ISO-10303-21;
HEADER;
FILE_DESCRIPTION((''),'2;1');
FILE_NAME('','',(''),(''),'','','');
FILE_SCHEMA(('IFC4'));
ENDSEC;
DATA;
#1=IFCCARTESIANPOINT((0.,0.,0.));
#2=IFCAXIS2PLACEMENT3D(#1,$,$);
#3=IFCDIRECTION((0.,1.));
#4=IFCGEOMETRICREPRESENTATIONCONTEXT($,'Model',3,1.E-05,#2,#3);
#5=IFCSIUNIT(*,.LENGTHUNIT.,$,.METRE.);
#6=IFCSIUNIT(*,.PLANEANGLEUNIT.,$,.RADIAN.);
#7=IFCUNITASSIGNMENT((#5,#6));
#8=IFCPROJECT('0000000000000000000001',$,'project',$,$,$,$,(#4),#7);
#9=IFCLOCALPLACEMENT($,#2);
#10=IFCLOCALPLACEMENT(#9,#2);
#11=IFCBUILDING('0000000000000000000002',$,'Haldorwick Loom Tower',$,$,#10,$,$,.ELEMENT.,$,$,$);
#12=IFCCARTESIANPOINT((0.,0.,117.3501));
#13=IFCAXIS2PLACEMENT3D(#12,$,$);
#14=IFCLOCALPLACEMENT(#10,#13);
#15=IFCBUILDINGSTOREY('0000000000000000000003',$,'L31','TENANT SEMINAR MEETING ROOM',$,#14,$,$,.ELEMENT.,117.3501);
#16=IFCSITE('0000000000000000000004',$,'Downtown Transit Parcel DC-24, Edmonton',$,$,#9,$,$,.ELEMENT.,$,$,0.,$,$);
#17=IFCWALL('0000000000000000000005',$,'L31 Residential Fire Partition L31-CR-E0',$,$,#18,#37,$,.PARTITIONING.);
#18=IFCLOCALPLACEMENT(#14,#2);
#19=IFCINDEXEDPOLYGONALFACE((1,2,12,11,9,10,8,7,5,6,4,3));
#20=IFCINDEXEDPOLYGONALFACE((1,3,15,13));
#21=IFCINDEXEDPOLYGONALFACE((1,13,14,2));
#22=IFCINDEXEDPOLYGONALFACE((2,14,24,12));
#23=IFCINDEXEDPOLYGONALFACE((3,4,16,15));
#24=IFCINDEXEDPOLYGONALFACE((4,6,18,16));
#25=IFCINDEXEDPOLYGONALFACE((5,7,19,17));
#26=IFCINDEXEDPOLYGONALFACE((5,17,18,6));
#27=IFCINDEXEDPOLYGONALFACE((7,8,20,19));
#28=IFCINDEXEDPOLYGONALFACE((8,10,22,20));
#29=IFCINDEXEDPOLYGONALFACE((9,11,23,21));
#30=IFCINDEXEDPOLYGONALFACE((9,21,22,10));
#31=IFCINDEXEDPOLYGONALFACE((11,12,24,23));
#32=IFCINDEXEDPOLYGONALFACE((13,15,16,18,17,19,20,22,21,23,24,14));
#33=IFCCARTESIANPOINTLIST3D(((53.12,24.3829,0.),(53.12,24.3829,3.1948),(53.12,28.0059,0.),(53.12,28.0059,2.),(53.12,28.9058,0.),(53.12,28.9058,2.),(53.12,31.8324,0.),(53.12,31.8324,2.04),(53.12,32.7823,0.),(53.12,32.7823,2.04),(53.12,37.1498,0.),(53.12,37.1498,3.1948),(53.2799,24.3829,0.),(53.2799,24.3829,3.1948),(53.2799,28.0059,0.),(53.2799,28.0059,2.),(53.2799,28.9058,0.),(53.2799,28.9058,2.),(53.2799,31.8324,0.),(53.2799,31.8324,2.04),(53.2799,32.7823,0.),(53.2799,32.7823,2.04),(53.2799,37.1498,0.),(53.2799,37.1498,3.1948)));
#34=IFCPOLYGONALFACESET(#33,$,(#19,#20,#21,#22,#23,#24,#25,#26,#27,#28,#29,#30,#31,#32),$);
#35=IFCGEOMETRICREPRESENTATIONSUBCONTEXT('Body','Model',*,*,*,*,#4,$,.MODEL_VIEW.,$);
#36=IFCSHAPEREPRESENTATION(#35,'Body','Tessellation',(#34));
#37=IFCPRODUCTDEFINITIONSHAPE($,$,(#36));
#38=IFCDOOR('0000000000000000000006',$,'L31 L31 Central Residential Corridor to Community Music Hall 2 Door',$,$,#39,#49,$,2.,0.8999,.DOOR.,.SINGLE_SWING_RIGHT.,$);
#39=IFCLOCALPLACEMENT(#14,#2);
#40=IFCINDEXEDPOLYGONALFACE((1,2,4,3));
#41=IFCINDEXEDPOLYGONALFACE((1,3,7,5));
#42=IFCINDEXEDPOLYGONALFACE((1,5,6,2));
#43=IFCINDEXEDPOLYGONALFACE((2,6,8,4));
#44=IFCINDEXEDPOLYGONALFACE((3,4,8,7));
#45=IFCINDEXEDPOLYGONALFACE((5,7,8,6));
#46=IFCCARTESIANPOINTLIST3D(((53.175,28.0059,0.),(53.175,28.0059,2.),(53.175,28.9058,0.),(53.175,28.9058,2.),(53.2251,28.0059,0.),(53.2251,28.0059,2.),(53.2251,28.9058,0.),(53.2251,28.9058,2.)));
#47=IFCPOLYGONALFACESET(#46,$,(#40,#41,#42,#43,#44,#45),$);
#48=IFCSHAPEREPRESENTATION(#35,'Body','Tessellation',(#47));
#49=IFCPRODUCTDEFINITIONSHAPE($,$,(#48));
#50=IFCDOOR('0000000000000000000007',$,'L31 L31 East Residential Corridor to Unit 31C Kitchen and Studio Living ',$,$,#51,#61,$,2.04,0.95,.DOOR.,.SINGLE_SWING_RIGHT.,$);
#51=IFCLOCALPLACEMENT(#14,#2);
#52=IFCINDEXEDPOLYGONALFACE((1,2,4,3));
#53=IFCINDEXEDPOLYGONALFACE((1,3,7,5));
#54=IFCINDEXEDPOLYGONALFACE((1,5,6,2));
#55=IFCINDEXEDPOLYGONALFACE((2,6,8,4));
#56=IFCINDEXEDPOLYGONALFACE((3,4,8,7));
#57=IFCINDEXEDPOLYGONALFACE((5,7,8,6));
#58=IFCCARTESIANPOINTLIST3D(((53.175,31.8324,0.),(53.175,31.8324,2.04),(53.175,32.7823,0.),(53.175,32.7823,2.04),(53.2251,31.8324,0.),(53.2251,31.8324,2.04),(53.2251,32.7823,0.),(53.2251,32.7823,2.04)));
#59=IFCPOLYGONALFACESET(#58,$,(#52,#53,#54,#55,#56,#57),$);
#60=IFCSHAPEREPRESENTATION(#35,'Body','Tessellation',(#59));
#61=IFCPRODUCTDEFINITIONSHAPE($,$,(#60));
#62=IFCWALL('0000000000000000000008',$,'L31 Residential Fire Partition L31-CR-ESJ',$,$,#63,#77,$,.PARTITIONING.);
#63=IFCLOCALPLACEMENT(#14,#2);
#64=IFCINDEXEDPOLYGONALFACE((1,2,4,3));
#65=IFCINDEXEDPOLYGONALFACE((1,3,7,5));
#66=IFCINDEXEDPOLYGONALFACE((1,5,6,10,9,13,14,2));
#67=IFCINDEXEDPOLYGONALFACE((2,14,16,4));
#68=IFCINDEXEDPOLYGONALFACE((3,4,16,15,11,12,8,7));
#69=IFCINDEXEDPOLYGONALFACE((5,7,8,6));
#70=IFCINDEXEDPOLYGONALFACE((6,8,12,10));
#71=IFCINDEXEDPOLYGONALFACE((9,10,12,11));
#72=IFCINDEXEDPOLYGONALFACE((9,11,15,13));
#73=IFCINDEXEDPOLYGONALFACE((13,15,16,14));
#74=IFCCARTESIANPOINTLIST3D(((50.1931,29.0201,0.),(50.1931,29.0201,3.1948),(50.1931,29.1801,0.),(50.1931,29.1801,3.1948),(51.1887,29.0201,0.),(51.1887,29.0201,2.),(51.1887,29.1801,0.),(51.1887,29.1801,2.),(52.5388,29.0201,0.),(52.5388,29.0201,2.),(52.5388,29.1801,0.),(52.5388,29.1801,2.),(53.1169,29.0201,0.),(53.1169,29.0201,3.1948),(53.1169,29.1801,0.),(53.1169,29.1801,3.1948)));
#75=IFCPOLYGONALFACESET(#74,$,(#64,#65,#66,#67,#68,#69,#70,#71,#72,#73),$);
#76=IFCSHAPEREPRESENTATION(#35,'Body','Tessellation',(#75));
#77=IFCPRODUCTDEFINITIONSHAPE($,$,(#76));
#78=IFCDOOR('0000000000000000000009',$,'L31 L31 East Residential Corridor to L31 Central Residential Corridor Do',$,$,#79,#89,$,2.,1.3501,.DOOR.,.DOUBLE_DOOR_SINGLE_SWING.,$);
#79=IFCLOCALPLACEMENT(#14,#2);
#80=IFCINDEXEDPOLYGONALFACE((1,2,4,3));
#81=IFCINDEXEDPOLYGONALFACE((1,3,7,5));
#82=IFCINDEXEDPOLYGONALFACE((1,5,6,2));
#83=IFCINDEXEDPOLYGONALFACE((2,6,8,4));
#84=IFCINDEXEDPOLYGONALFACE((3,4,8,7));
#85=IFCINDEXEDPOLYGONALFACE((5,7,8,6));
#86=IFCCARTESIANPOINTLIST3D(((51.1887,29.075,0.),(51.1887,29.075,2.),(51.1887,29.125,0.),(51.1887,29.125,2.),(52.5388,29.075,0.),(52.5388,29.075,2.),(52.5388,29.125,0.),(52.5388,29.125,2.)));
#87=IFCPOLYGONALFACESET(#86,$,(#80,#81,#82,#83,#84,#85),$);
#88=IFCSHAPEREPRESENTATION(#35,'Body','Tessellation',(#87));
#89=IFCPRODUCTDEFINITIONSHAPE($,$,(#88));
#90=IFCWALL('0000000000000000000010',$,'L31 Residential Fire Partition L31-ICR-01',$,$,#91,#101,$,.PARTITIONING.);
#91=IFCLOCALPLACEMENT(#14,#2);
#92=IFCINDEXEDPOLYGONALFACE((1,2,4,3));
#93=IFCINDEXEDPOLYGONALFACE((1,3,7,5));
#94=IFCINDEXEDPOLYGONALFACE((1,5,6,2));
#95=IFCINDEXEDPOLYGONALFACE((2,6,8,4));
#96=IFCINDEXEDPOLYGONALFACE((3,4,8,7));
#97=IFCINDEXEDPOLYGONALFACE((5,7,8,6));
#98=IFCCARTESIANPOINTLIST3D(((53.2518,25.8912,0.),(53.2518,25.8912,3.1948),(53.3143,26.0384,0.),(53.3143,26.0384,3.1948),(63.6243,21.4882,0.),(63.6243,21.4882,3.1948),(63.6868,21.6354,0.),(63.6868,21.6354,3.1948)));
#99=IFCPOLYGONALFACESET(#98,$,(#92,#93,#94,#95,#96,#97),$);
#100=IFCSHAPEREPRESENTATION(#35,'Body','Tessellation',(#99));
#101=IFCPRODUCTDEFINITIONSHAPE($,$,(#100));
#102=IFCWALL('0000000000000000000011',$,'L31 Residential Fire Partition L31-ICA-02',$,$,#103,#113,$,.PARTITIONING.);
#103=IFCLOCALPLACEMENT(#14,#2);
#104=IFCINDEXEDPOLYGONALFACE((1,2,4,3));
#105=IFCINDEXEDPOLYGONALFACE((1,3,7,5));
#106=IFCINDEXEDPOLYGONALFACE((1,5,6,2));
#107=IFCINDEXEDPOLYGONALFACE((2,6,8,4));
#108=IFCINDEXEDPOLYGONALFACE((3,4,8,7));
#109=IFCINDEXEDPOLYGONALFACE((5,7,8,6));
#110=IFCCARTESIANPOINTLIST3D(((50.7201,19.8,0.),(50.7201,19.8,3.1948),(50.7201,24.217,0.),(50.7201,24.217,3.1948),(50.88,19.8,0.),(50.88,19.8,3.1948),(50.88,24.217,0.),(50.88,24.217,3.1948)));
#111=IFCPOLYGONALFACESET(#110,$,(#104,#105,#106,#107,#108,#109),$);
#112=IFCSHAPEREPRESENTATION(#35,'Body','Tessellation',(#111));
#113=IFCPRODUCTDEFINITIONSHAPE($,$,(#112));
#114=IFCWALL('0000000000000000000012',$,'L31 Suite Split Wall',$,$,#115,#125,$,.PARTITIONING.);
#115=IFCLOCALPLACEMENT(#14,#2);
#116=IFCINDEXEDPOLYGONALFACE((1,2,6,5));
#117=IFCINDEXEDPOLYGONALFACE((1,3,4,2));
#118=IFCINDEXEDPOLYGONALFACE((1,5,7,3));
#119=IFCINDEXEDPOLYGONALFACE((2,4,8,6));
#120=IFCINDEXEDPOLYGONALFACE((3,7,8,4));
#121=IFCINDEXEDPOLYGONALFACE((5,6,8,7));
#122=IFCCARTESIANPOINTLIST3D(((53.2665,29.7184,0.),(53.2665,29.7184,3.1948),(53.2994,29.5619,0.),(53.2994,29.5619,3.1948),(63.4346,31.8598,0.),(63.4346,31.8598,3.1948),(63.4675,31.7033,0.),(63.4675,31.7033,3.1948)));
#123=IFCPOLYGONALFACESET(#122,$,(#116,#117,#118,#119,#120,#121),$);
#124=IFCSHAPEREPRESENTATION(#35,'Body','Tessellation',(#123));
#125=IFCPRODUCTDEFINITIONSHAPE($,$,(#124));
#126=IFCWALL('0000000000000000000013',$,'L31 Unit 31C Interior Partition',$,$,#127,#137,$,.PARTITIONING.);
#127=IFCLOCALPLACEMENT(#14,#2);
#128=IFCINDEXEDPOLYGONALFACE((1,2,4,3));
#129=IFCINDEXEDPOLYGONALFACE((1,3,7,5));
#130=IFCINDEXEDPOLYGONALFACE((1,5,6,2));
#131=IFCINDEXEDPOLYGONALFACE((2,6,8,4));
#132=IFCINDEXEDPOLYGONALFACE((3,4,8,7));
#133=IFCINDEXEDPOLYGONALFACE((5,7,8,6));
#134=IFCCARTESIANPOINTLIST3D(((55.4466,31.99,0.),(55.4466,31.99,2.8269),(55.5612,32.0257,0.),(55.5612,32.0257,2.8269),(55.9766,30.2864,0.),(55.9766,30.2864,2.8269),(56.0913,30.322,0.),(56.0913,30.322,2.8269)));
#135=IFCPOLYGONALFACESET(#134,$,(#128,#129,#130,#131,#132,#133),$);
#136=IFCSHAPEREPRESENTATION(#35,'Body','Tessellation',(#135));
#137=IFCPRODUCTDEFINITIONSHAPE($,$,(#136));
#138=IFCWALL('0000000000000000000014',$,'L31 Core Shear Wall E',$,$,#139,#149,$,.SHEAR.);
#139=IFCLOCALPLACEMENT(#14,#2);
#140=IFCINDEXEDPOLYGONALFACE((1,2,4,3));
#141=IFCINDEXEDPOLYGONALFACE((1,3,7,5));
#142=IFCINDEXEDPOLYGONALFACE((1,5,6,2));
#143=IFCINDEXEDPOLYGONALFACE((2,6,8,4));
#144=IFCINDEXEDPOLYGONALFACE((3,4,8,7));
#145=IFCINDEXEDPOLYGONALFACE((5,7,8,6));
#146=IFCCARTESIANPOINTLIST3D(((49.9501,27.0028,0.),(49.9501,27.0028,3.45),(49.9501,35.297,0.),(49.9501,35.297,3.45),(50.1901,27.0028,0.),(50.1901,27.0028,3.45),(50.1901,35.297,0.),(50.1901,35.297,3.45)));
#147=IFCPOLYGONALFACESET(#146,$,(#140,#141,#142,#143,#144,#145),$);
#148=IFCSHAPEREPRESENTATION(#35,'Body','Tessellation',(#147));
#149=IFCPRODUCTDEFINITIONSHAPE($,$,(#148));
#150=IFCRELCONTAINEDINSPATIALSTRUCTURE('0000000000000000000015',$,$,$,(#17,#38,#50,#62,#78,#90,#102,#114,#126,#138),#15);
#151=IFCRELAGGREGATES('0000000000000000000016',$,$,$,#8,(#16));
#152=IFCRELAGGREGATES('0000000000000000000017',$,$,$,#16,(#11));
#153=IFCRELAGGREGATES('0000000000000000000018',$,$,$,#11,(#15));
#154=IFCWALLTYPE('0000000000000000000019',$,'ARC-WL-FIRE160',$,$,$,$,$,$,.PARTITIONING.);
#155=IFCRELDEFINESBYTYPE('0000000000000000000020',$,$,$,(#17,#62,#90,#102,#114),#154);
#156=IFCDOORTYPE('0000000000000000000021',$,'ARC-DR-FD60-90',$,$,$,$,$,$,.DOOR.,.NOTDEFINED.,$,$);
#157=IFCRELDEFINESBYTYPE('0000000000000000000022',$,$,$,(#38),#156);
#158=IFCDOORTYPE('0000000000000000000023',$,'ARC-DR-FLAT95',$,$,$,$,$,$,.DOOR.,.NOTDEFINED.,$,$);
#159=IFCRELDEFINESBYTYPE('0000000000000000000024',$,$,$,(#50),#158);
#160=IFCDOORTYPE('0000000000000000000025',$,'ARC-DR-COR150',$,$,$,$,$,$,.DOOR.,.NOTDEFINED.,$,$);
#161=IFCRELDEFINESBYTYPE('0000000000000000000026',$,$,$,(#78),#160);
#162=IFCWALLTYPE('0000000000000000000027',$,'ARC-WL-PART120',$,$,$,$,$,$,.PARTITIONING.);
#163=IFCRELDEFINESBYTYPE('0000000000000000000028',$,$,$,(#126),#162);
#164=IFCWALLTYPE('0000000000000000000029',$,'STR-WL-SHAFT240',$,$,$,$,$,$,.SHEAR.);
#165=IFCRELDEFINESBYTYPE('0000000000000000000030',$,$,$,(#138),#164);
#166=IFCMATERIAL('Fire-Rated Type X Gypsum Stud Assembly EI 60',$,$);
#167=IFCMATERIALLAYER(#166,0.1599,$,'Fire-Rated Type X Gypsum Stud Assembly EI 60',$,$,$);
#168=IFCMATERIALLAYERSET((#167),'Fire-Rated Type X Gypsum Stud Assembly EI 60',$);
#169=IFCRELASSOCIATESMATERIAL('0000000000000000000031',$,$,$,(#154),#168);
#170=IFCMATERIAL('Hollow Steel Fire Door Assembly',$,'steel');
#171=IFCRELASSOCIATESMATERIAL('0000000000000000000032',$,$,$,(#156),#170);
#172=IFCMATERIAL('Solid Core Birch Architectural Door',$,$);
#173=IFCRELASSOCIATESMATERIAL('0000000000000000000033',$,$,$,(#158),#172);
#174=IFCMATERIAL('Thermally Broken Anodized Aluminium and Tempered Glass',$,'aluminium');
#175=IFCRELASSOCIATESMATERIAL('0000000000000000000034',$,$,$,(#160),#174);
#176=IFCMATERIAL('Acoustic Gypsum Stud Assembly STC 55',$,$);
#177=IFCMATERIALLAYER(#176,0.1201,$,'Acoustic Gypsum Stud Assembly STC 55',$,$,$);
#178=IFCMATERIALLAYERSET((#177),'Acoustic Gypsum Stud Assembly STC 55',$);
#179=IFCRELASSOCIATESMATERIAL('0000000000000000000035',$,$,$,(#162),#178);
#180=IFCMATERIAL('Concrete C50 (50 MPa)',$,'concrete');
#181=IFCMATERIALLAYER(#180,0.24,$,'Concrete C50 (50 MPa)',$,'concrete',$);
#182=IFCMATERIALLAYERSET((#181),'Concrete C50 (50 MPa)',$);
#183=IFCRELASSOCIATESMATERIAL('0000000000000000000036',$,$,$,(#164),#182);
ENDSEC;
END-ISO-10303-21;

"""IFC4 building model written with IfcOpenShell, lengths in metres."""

from ifc_helpers import new_model, si_unit, direction, frame, frame_2d, origin, place, context, subcontext, project, spatial, rectangle, extrude, material, layer, layer_set, type_object, element, fill, save


model = new_model("IFC4")

# Units and contexts
model_context = context("Model", 3, precision=1e-05, world=origin(), true_north=direction((0.0, 1.0)))
body_context = subcontext(model_context, "Body", "Model", "MODEL_VIEW")
ifc_project = project(units=[si_unit("LENGTHUNIT", "METRE"), si_unit("PLANEANGLEUNIT", "RADIAN")], contexts=[model_context])

# Site, building, storey
site_placement = place(None, origin())
site = spatial("IfcSite", under=ifc_project, at=site_placement, Name="Downtown Transit Parcel DC-24, Edmonton", CompositionType="ELEMENT", RefElevation=0.0)
building_placement = place(site_placement, origin())
building = spatial("IfcBuilding", under=site, at=building_placement, Name="Haldorwick Loom Tower", CompositionType="ELEMENT")
storey_placement = place(building_placement, frame((0.0, 0.0, 117.3501)))
storey = spatial("IfcBuildingStorey", under=building, at=storey_placement, Name="L31", Description="TENANT SEMINAR MEETING ROOM", CompositionType="ELEMENT", Elevation=117.3501)

# Wall, openings, doors
ifc_material_1 = material(Name="Fire-Rated Type X Gypsum Stud Assembly EI 60")
ifc_layer_1 = layer(ifc_material_1, 0.1599, Name="Fire-Rated Type X Gypsum Stud Assembly EI 60")
ifc_layer_set_1 = layer_set([ifc_layer_1], Name="Fire-Rated Type X Gypsum Stud Assembly EI 60")
wall_type_1 = type_object("IfcWallType", Name="ARC-WL-FIRE160", PredefinedType="PARTITIONING", material=ifc_layer_set_1)
wall_1_placement = place(storey_placement, frame((53.2, 24.3831, 0.0), z_axis=(0.0, 0.0, 1.0), x_axis=(0.0, 1.0, 0.0)))
wall_1 = element("IfcWall", 1, at=wall_1_placement, inside=storey, type_object=wall_type_1, Name="L31 Residential Fire Partition L31-CR-E0", PredefinedType="PARTITIONING", context=body_context, shape_type="SweptSolid", body=[
    extrude(rectangle(XDim=12.7668, YDim=0.1599, at=frame_2d((6.3833, 0.0))), origin(), (0.0, 0.0, 1.0), 3.1948),
])
opening_1_placement = place(wall_1_placement, frame((3.6228, 0.0, 0.0)))
opening_1 = element("IfcOpeningElement", 2, at=opening_1_placement, cuts=wall_1, PredefinedType="OPENING", context=body_context, shape_type="SweptSolid", body=[
    extrude(rectangle(XDim=0.8999, YDim=2.0, at=frame_2d((0.45, 1.0))), frame((0.0, 0.0898, 0.0), z_axis=(0.0, -1.0, 0.0), x_axis=(1.0, 0.0, 0.0)), (0.0, 0.0, 1.0), 0.1799),
])
opening_2_placement = place(wall_1_placement, frame((7.4492, 0.0, 0.0)))
opening_2 = element("IfcOpeningElement", 3, at=opening_2_placement, cuts=wall_1, PredefinedType="OPENING", context=body_context, shape_type="SweptSolid", body=[
    extrude(rectangle(XDim=0.95, YDim=2.04, at=frame_2d((0.4751, 1.02))), frame((0.0, 0.0898, 0.0), z_axis=(0.0, -1.0, 0.0), x_axis=(1.0, 0.0, 0.0)), (0.0, 0.0, 1.0), 0.1799),
])
ifc_material_2 = material(Name="Hollow Steel Fire Door Assembly", Category="steel")
door_type_1 = type_object("IfcDoorType", Name="ARC-DR-FD60-90", OperationType="NOTDEFINED", PredefinedType="DOOR", material=ifc_material_2)
door_1_placement = place(opening_1_placement, origin())
door_1 = element("IfcDoor", 4, at=door_1_placement, inside=storey, type_object=door_type_1, Name="L31 L31 Central Residential Corridor to Community Music Hall 2 Door", OperationType="SINGLE_SWING_RIGHT", OverallHeight=2.0, OverallWidth=0.8999, PredefinedType="DOOR", context=body_context, shape_type="SweptSolid", body=[
    extrude(rectangle(XDim=0.8999, YDim=2.0, at=frame_2d((0.45, 1.0))), frame((0.0, 0.0249, 0.0), z_axis=(0.0, -1.0, 0.0), x_axis=(1.0, 0.0, 0.0)), (0.0, 0.0, 1.0), 0.05),
])
fill(opening_1, door_1)
ifc_material_3 = material(Name="Solid Core Birch Architectural Door")
door_type_2 = type_object("IfcDoorType", Name="ARC-DR-FLAT95", OperationType="NOTDEFINED", PredefinedType="DOOR", material=ifc_material_3)
door_2_placement = place(opening_2_placement, origin())
door_2 = element("IfcDoor", 5, at=door_2_placement, inside=storey, type_object=door_type_2, Name="L31 L31 East Residential Corridor to Unit 31C Kitchen and Studio Living ", OperationType="SINGLE_SWING_RIGHT", OverallHeight=2.04, OverallWidth=0.95, PredefinedType="DOOR", context=body_context, shape_type="SweptSolid", body=[
    extrude(rectangle(XDim=0.95, YDim=2.04, at=frame_2d((0.4751, 1.02))), frame((0.0, 0.0249, 0.0), z_axis=(0.0, -1.0, 0.0), x_axis=(1.0, 0.0, 0.0)), (0.0, 0.0, 1.0), 0.05),
])
fill(opening_2, door_2)

# Wall, opening, door
wall_2_placement = place(storey_placement, frame((50.1931, 29.1001, 0.0), z_axis=(0.0, 0.0, 1.0), x_axis=(1.0, 0.0, 0.0)))
wall_2 = element("IfcWall", 6, at=wall_2_placement, inside=storey, type_object=wall_type_1, Name="L31 Residential Fire Partition L31-CR-ESJ", PredefinedType="PARTITIONING", context=body_context, shape_type="SweptSolid", body=[
    extrude(rectangle(XDim=2.9238, YDim=0.1599, at=frame_2d((1.4619, 0.0))), origin(), (0.0, 0.0, 1.0), 3.1948),
])
opening_3_placement = place(wall_2_placement, frame((0.9956, 0.0, 0.0)))
opening_3 = element("IfcOpeningElement", 7, at=opening_3_placement, cuts=wall_2, PredefinedType="OPENING", context=body_context, shape_type="SweptSolid", body=[
    extrude(rectangle(XDim=1.3501, YDim=2.0, at=frame_2d((0.675, 1.0))), frame((0.0, 0.0898, 0.0), z_axis=(0.0, -1.0, 0.0), x_axis=(1.0, 0.0, 0.0)), (0.0, 0.0, 1.0), 0.1799),
])
ifc_material_4 = material(Name="Thermally Broken Anodized Aluminium and Tempered Glass", Category="aluminium")
door_type_3 = type_object("IfcDoorType", Name="ARC-DR-COR150", OperationType="NOTDEFINED", PredefinedType="DOOR", material=ifc_material_4)
door_3_placement = place(opening_3_placement, origin())
door_3 = element("IfcDoor", 8, at=door_3_placement, inside=storey, type_object=door_type_3, Name="L31 L31 East Residential Corridor to L31 Central Residential Corridor Do", OperationType="DOUBLE_DOOR_SINGLE_SWING", OverallHeight=2.0, OverallWidth=1.3501, PredefinedType="DOOR", context=body_context, shape_type="SweptSolid", body=[
    extrude(rectangle(XDim=1.3501, YDim=2.0, at=frame_2d((0.675, 1.0))), frame((0.0, 0.0249, 0.0), z_axis=(0.0, -1.0, 0.0), x_axis=(1.0, 0.0, 0.0)), (0.0, 0.0, 1.0), 0.05),
])
fill(opening_3, door_3)

# Walls
wall_3_placement = place(storey_placement, frame((53.283, 25.9648, 0.0), z_axis=(0.0, 0.0, 1.0), x_axis=(0.920499, -0.390745, 0.0)))
element("IfcWall", 9, at=wall_3_placement, inside=storey, type_object=wall_type_1, Name="L31 Residential Fire Partition L31-ICR-01", PredefinedType="PARTITIONING", context=body_context, shape_type="SweptSolid", body=[
    extrude(rectangle(XDim=11.2683, YDim=0.1599, at=frame_2d((5.6343, 0.0))), origin(), (0.0, 0.0, 1.0), 3.1948),
])
wall_4_placement = place(storey_placement, frame((50.8, 24.217, 0.0), z_axis=(0.0, 0.0, 1.0), x_axis=(0.0, -1.0, 0.0)))
element("IfcWall", 10, at=wall_4_placement, inside=storey, type_object=wall_type_1, Name="L31 Residential Fire Partition L31-ICA-02", PredefinedType="PARTITIONING", context=body_context, shape_type="SweptSolid", body=[
    extrude(rectangle(XDim=4.417, YDim=0.1599, at=frame_2d((2.2085, 0.0))), origin(), (0.0, 0.0, 1.0), 3.1948),
])
wall_5_placement = place(storey_placement, frame((53.283, 29.6401, 0.0), z_axis=(0.0, 0.0, 1.0), x_axis=(0.978536, 0.206078, 0.0)))
element("IfcWall", 11, at=wall_5_placement, inside=storey, type_object=wall_type_1, Name="L31 Suite Split Wall", PredefinedType="PARTITIONING", context=body_context, shape_type="SweptSolid", body=[
    extrude(rectangle(XDim=10.3911, YDim=0.1599, at=frame_2d((5.1956, 0.0))), origin(), (0.0, 0.0, 1.0), 3.1948),
])
ifc_material_5 = material(Name="Acoustic Gypsum Stud Assembly STC 55")
ifc_layer_2 = layer(ifc_material_5, 0.1201, Name="Acoustic Gypsum Stud Assembly STC 55")
ifc_layer_set_2 = layer_set([ifc_layer_2], Name="Acoustic Gypsum Stud Assembly STC 55")
wall_type_2 = type_object("IfcWallType", Name="ARC-WL-PART120", PredefinedType="PARTITIONING", material=ifc_layer_set_2)
wall_6_placement = place(storey_placement, frame((56.0339, 30.3042, 0.0), z_axis=(0.0, 0.0, 1.0), x_axis=(-0.297075, 0.954854, 0.0)))
element("IfcWall", 12, at=wall_6_placement, inside=storey, type_object=wall_type_2, Name="L31 Unit 31C Interior Partition", PredefinedType="PARTITIONING", context=body_context, shape_type="SweptSolid", body=[
    extrude(rectangle(XDim=1.7842, YDim=0.1201, at=frame_2d((0.8921, 0.0))), origin(), (0.0, 0.0, 1.0), 2.8269),
])
ifc_material_6 = material(Name="Concrete C50 (50 MPa)", Category="concrete")
ifc_layer_3 = layer(ifc_material_6, 0.24, Name="Concrete C50 (50 MPa)", Category="concrete")
ifc_layer_set_3 = layer_set([ifc_layer_3], Name="Concrete C50 (50 MPa)")
wall_type_3 = type_object("IfcWallType", Name="STR-WL-SHAFT240", PredefinedType="SHEAR", material=ifc_layer_set_3)
wall_7_placement = place(storey_placement, frame((50.0701, 27.0029, 0.0), z_axis=(0.0, 0.0, 1.0), x_axis=(0.0, 1.0, 0.0)))
element("IfcWall", 13, at=wall_7_placement, inside=storey, type_object=wall_type_3, Name="L31 Core Shear Wall E", PredefinedType="SHEAR", context=body_context, shape_type="SweptSolid", body=[
    extrude(rectangle(XDim=8.2942, YDim=0.24, at=frame_2d((4.147, 0.0))), origin(), (0.0, 0.0, 1.0), 3.45),
])

save(model, "model.ifc")
